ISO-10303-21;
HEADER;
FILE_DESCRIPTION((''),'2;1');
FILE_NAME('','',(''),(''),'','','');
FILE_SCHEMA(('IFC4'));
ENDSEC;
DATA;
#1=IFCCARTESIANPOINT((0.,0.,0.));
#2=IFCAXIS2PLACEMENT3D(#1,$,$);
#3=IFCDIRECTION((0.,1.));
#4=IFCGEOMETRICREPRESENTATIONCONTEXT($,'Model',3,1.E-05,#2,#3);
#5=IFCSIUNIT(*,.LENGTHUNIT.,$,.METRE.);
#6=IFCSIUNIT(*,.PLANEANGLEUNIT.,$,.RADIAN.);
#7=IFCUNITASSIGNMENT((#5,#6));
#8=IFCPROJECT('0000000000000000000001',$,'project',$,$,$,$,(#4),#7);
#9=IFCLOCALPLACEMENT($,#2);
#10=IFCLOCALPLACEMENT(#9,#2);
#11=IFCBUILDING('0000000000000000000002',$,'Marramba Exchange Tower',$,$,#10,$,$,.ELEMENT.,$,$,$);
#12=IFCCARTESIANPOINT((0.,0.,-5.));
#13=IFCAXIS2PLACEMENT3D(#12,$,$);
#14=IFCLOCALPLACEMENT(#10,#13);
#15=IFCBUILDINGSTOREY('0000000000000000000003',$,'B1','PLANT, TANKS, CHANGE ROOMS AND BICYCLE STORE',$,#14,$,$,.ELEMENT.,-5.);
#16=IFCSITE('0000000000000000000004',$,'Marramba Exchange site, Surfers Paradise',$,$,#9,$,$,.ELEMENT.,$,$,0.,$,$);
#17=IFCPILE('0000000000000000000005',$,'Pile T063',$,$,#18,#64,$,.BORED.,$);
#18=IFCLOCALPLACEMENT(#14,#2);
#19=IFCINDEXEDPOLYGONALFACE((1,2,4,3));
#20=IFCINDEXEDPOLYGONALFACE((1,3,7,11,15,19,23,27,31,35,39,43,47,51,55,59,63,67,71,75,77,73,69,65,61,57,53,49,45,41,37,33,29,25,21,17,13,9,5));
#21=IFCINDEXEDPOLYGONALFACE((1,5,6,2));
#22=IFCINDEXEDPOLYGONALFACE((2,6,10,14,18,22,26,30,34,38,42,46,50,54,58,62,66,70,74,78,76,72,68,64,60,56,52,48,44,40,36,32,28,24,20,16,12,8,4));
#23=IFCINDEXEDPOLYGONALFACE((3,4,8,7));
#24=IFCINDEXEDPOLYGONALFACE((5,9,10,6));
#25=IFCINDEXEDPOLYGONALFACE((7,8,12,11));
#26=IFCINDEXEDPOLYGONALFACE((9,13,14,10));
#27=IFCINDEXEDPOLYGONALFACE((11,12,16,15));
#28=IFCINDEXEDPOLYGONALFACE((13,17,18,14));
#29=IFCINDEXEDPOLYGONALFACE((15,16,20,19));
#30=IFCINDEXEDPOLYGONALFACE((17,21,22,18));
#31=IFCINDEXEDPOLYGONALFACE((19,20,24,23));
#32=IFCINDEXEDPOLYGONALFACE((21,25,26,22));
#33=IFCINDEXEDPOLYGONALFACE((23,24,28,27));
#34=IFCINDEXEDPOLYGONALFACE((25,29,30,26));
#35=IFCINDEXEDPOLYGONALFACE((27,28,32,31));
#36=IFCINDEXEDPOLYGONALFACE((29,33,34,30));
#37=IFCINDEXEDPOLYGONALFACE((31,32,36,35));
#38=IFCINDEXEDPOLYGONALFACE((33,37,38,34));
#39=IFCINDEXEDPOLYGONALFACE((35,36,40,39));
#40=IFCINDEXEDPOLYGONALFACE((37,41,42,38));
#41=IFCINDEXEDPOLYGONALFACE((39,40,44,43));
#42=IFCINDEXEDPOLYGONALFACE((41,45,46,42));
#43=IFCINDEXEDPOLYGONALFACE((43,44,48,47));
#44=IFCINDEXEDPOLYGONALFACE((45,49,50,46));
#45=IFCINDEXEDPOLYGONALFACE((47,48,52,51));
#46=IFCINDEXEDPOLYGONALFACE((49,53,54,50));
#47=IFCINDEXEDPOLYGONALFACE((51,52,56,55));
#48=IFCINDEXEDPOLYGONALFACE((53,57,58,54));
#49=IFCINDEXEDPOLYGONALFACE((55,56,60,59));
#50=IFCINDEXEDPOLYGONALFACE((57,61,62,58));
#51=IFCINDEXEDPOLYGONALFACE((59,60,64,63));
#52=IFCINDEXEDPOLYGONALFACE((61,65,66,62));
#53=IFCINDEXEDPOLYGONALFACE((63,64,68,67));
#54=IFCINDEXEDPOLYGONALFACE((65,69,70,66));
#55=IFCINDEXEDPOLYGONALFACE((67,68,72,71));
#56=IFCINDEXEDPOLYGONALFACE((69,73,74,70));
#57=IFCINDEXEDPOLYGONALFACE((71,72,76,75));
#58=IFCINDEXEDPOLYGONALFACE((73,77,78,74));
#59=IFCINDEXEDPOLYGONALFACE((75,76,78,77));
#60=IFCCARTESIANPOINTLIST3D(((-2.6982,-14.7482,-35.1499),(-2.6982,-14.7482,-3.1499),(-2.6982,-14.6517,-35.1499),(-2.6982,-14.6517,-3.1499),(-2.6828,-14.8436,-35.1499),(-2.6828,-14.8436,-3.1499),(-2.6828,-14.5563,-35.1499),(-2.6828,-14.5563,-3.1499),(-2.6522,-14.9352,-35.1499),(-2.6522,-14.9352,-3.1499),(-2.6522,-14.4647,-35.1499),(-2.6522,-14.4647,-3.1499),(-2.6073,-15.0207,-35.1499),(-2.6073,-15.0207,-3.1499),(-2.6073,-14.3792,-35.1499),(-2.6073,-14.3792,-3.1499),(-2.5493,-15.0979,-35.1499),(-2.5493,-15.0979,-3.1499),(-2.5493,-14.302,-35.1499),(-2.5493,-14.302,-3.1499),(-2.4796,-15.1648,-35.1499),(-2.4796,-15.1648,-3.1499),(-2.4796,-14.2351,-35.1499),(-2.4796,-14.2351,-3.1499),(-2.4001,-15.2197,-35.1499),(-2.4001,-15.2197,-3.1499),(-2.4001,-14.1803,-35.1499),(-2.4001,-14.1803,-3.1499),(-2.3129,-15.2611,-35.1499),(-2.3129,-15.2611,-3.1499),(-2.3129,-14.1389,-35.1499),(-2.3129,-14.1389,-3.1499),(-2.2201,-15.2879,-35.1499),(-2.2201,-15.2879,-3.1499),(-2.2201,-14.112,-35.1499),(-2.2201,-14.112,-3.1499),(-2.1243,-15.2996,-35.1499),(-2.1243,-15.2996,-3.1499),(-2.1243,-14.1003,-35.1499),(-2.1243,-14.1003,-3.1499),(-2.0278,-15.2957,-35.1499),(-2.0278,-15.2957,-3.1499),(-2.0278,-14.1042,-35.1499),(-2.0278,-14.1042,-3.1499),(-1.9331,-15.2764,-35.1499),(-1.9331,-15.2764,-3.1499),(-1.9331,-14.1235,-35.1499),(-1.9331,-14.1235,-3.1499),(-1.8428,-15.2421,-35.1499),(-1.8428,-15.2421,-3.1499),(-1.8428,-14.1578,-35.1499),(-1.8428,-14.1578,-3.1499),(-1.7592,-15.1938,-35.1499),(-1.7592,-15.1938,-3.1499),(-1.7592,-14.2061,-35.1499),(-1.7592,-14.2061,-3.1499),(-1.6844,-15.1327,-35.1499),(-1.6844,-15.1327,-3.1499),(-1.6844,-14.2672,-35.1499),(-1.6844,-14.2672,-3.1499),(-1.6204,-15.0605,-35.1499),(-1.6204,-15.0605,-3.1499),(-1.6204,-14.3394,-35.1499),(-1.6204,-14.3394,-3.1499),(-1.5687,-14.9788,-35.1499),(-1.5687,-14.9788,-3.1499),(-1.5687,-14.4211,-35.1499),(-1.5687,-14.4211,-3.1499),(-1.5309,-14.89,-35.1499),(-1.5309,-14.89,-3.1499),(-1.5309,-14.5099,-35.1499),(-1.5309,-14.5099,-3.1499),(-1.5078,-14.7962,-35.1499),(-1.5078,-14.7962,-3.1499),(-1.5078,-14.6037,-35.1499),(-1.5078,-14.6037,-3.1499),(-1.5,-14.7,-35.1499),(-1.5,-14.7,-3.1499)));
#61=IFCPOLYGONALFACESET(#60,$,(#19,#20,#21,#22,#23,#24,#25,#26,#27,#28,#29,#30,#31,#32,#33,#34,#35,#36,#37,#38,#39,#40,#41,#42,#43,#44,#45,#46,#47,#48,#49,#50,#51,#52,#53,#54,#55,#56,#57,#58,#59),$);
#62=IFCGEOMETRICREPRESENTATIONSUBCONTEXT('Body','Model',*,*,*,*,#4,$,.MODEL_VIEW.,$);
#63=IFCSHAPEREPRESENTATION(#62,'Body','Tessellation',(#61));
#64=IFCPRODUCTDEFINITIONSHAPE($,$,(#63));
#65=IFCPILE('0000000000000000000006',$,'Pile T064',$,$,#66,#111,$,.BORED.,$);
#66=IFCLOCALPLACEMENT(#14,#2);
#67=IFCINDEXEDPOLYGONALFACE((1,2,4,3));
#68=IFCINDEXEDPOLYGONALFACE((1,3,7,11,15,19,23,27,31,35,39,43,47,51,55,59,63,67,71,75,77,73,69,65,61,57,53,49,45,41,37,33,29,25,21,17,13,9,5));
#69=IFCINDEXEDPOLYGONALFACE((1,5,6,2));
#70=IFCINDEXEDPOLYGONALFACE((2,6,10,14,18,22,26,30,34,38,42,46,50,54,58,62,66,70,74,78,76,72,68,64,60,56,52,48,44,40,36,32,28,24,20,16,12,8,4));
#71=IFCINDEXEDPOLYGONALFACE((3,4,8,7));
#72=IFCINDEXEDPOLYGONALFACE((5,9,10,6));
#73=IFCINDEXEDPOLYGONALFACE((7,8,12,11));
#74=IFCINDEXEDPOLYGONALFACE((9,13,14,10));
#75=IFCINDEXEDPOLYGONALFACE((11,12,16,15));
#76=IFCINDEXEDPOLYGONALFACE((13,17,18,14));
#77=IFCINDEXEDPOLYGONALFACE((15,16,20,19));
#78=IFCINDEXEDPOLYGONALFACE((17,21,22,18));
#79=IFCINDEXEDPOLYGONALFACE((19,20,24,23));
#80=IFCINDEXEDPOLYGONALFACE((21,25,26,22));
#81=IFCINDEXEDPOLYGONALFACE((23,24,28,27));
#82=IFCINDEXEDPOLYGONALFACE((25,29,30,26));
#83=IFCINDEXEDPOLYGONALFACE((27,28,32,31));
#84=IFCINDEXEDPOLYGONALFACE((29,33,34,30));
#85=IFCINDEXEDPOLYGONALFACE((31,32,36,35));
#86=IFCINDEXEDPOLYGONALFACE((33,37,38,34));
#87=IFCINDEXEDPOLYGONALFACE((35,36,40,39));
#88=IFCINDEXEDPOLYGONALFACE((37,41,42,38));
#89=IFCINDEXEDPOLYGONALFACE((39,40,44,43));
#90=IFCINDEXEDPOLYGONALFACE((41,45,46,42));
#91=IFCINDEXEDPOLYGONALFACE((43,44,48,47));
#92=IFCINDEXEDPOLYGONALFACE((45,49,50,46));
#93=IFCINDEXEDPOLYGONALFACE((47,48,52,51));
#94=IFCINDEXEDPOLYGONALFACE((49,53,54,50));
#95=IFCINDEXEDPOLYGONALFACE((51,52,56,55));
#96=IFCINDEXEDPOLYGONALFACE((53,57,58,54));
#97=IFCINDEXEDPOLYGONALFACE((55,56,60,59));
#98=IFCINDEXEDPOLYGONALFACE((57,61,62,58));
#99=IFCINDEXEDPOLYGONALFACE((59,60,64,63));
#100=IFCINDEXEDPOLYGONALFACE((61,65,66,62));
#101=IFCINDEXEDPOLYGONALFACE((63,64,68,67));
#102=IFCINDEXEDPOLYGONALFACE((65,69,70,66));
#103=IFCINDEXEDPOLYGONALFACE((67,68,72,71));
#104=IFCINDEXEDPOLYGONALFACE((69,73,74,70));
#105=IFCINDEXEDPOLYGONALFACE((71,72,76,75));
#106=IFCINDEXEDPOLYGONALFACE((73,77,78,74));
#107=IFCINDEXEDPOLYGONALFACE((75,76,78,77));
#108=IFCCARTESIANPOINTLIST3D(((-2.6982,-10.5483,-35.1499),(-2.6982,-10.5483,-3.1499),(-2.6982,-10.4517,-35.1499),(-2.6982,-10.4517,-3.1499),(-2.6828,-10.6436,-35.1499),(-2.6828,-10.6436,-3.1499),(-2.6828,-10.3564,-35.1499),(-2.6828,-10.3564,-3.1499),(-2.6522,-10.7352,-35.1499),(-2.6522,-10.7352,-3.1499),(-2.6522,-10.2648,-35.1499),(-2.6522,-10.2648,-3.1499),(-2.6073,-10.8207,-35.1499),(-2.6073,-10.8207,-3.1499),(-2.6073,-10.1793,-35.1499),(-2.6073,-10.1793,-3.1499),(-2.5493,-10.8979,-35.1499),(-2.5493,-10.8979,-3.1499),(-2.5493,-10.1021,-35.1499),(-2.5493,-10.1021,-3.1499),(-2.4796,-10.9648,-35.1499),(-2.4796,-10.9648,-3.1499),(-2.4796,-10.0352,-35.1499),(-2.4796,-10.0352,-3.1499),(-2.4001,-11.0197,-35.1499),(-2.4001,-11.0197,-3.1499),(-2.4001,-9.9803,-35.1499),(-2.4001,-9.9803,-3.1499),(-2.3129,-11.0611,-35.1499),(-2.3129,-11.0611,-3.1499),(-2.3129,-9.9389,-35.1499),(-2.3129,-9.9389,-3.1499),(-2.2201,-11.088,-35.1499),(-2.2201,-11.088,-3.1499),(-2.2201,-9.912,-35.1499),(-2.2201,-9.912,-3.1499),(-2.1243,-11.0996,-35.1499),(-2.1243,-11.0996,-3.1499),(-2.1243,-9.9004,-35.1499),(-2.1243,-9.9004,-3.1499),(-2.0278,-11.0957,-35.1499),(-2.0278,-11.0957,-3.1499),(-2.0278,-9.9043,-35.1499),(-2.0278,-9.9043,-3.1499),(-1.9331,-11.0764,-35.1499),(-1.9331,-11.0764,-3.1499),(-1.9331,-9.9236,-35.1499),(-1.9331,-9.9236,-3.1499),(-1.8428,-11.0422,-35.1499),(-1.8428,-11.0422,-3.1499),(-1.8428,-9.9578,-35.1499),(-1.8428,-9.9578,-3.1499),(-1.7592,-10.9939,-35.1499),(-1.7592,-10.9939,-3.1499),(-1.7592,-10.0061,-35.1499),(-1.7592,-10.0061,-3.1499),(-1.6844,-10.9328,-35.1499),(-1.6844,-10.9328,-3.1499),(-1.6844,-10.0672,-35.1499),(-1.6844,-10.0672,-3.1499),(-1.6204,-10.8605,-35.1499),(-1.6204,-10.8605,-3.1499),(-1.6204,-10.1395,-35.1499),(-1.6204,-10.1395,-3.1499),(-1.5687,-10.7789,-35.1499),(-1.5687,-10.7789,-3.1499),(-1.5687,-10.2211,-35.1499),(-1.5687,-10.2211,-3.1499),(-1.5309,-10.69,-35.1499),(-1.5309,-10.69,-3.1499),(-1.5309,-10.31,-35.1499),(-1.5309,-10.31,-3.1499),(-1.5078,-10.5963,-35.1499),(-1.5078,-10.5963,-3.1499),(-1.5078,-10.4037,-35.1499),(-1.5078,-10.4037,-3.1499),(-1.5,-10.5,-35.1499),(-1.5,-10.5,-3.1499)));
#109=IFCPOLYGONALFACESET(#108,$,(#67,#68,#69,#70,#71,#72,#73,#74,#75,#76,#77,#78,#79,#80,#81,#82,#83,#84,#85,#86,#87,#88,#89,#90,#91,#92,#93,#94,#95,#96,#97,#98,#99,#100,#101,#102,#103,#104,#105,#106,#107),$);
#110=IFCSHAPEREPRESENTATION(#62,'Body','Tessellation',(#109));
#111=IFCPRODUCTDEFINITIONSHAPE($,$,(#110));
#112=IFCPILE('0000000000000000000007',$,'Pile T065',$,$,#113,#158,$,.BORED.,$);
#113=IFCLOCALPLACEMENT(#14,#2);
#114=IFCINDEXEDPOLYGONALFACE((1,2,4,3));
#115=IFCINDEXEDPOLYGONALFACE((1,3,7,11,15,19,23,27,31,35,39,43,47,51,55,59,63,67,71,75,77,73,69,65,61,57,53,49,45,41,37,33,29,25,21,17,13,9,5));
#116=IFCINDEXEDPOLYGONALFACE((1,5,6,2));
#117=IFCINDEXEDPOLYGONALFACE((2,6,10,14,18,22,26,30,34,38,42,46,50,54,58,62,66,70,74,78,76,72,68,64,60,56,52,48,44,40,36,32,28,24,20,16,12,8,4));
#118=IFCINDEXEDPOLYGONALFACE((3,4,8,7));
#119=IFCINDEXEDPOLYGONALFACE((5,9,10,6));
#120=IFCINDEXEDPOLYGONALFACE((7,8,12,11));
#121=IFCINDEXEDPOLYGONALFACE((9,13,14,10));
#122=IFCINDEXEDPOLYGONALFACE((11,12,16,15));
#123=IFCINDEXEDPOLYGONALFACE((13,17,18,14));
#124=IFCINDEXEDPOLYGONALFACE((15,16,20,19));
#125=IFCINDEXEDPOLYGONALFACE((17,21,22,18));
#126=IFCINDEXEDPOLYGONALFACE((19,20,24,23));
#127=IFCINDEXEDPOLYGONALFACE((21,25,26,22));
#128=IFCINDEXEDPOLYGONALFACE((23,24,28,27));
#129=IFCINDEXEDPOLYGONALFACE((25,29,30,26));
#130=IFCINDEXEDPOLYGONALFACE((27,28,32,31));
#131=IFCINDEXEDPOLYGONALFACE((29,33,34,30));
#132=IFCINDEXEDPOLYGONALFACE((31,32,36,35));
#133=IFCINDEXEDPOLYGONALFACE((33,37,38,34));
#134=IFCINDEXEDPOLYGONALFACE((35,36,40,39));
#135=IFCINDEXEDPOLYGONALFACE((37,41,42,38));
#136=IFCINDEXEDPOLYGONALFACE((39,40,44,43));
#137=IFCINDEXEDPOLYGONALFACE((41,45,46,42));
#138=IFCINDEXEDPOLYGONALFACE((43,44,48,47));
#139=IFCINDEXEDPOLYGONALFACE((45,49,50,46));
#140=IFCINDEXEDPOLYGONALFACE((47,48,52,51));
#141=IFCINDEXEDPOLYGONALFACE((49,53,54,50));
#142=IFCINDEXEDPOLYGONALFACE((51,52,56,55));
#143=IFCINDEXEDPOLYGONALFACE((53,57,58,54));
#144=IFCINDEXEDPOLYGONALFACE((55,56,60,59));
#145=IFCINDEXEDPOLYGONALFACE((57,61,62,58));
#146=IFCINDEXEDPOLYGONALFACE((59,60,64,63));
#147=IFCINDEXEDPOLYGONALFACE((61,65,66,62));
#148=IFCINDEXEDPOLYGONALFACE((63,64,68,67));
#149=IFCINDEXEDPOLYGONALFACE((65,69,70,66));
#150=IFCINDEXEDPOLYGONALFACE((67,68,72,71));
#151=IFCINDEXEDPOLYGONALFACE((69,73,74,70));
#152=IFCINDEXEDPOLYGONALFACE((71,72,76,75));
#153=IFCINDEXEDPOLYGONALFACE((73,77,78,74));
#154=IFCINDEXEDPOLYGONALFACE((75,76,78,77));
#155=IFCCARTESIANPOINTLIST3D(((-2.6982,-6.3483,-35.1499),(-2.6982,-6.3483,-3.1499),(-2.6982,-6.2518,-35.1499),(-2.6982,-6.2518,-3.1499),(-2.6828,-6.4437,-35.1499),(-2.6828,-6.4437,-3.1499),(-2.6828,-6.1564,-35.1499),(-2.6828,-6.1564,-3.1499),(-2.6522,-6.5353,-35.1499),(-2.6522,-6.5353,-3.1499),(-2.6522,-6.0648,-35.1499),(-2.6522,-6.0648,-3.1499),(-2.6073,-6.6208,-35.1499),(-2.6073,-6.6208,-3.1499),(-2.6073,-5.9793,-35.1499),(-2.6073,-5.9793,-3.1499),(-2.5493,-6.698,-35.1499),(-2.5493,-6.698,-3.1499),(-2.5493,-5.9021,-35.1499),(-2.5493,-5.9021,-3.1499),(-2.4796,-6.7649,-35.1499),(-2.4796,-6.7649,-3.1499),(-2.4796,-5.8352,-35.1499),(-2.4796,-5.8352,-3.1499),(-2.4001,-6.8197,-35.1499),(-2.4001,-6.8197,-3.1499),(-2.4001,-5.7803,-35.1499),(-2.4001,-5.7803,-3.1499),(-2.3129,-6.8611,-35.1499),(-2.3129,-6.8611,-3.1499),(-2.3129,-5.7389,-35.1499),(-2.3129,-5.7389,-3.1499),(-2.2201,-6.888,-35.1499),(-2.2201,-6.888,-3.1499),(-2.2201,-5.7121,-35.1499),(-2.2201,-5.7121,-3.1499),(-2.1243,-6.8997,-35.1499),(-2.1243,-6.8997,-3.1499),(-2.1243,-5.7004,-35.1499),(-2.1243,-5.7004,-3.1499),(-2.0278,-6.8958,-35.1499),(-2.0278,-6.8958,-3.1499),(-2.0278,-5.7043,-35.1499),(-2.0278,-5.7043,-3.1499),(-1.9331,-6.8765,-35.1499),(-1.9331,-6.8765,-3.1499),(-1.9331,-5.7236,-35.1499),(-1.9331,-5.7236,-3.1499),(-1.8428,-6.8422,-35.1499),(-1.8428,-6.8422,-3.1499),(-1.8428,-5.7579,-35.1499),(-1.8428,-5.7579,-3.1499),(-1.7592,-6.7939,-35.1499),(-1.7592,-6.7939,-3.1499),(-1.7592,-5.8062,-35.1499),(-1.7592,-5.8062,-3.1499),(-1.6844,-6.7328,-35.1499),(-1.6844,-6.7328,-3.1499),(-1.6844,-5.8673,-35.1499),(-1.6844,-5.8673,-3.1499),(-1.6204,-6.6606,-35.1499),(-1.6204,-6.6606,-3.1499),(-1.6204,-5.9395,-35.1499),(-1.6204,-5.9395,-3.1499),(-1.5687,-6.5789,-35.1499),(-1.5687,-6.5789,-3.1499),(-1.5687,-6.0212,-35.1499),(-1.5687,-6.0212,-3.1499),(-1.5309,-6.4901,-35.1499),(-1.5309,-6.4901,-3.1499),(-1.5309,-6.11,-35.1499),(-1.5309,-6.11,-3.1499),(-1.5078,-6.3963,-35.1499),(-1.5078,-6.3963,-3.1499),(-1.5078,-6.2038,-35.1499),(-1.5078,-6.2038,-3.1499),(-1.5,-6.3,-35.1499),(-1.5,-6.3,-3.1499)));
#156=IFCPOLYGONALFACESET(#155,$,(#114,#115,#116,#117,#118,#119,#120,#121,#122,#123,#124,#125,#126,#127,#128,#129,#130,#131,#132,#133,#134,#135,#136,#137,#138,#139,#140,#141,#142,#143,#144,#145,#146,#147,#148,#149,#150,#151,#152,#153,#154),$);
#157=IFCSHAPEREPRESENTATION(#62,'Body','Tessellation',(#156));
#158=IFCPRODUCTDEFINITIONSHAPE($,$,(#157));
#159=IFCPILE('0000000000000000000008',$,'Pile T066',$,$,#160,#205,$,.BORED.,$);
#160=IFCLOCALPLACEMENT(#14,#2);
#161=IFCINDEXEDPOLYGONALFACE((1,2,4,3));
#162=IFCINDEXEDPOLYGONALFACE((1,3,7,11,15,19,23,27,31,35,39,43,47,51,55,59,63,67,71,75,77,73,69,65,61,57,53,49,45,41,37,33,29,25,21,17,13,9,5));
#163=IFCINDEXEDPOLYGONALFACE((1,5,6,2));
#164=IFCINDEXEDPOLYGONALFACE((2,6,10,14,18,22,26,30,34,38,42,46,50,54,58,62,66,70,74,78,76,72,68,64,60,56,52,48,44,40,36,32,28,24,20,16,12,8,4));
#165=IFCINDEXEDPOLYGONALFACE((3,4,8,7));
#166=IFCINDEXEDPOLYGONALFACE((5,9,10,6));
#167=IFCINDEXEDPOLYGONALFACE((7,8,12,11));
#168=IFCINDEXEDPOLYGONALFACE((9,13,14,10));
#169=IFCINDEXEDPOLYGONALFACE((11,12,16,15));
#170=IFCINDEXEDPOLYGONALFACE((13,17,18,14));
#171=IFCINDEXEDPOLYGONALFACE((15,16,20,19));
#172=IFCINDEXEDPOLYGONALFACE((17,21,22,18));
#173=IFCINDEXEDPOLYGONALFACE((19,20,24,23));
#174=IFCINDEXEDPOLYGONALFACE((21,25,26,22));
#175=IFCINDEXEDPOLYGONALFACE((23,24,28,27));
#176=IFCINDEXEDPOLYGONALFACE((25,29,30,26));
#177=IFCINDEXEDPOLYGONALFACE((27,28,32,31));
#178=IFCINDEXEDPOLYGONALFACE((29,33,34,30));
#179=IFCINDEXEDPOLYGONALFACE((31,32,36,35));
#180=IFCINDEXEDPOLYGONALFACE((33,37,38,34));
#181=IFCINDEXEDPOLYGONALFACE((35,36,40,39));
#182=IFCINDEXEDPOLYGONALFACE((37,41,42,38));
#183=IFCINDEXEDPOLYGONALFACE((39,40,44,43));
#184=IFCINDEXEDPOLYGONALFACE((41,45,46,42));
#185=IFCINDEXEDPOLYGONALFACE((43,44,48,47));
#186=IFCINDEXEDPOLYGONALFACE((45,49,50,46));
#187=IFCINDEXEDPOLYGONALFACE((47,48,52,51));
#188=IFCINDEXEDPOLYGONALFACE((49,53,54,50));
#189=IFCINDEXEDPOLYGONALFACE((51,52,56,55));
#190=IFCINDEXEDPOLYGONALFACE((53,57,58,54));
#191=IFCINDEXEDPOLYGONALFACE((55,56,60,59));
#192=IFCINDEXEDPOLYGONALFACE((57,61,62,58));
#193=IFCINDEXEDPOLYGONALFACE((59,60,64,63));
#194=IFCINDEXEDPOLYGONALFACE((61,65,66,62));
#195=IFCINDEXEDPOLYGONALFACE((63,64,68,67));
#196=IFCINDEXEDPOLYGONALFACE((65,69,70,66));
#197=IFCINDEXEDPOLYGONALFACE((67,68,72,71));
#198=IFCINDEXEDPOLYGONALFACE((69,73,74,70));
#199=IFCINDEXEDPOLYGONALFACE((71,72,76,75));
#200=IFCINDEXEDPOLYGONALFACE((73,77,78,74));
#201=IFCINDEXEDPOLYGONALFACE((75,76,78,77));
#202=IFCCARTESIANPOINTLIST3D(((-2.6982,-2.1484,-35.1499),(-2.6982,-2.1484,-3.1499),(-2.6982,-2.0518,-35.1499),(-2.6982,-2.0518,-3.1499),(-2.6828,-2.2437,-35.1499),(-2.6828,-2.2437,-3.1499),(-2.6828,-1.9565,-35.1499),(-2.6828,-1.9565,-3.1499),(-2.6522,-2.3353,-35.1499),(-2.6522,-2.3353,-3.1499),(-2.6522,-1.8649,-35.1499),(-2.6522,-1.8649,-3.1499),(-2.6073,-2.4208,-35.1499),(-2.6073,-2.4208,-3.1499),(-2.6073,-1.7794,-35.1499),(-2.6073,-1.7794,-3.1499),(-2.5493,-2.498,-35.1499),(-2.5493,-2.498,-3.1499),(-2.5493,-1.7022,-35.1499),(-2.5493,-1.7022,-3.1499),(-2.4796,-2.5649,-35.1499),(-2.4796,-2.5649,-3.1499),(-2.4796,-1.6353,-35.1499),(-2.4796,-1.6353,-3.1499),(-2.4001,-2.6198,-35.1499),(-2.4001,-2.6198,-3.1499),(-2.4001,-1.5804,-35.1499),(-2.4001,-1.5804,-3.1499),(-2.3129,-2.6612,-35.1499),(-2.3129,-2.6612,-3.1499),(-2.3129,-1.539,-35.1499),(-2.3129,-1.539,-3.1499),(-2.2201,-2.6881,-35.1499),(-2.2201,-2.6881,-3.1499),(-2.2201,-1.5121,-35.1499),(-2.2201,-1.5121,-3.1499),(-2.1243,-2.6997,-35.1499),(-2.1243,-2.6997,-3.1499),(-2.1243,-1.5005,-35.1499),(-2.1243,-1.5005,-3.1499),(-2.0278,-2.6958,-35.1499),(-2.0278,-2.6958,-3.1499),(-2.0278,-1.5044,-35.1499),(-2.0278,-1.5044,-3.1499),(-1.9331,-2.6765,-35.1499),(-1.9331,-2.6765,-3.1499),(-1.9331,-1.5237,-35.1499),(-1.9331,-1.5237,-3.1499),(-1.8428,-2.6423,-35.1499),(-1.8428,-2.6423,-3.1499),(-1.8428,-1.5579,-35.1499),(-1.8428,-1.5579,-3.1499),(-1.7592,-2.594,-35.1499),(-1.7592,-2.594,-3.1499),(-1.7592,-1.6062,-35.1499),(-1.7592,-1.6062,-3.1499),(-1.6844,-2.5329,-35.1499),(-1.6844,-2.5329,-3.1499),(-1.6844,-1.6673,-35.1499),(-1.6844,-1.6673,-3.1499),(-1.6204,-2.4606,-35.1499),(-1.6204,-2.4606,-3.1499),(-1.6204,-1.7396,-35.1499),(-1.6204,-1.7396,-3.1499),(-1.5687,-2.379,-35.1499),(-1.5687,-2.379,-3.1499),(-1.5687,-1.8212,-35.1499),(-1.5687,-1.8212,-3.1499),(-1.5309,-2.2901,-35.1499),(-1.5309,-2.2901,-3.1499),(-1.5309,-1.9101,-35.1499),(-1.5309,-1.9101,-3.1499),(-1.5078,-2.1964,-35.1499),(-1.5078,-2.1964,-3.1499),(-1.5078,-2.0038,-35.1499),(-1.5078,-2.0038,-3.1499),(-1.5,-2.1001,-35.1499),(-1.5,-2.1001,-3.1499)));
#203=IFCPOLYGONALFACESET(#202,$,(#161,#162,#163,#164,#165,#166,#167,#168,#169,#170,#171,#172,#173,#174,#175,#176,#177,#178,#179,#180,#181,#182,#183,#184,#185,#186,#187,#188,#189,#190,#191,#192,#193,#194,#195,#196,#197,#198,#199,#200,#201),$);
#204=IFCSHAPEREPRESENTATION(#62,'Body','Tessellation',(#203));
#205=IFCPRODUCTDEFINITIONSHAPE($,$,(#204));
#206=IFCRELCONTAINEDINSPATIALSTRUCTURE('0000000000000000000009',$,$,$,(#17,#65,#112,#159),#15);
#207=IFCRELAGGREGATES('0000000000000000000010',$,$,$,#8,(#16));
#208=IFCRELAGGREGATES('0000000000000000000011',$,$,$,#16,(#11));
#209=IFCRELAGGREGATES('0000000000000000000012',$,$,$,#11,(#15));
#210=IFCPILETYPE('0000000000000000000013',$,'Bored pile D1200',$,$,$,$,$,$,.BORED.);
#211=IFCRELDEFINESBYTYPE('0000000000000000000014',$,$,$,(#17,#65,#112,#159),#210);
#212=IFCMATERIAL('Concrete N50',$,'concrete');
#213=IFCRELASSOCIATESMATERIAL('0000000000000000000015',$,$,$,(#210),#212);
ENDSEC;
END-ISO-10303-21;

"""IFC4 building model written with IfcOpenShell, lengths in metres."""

from ifc_helpers import new_model, si_unit, direction, frame, origin, origin_2d, place, context, subcontext, project, spatial, circle, extrude, material, material_profile, profile_set, type_object, element, save


model = new_model("IFC4")

# Units and contexts
model_context = context("Model", 3, precision=1e-05, world=origin(), true_north=direction((0.0, 1.0)))
body_context = subcontext(model_context, "Body", "Model", "MODEL_VIEW")
ifc_project = project(units=[si_unit("LENGTHUNIT", "METRE"), si_unit("PLANEANGLEUNIT", "RADIAN")], contexts=[model_context])

# Site, building, storey
site_placement = place(None, origin())
site = spatial("IfcSite", under=ifc_project, at=site_placement, Name="Marramba Exchange site, Surfers Paradise", CompositionType="ELEMENT", RefElevation=0.0)
building_placement = place(site_placement, origin())
building = spatial("IfcBuilding", under=site, at=building_placement, Name="Marramba Exchange Tower", CompositionType="ELEMENT")
storey_placement = place(building_placement, frame((0.0, 0.0, -5.0)))
storey = spatial("IfcBuildingStorey", under=building, at=storey_placement, Name="B1", Description="PLANT, TANKS, CHANGE ROOMS AND BICYCLE STORE", CompositionType="ELEMENT", Elevation=-5.0)

# Piles
ifc_material_1 = material(Name="Concrete N50", Category="concrete")
ifc_material_profile_1 = material_profile(ifc_material_1, circle(Radius=0.6001, at=origin_2d()), Name="BP D1200")
ifc_profile_set_1 = profile_set([ifc_material_profile_1], Name="Concrete N50")
pile_type = type_object("IfcPileType", Name="Bored pile D1200", PredefinedType="BORED", material=ifc_profile_set_1)
for number, where, z_axis, x_axis, name in (
    (1, (-2.1001, -14.7, -3.1499), (0.0, 0.0, -1.0), (1.0, 0.0, 0.0), "Pile T063"),
    (2, (-2.1001, -10.5, -3.1499), (0.0, 0.0, -1.0), (1.0, 0.0, 0.0), "Pile T064"),
    (3, (-2.1001, -6.3, -3.1499), (0.0, 0.0, -1.0), (1.0, 0.0, 0.0), "Pile T065"),
    (4, (-2.1001, -2.1001, -3.1499), (0.0, 0.0, -1.0), (1.0, 0.0, 0.0), "Pile T066"),
):
    element("IfcPile", number, at=place(storey_placement, frame(where, z_axis=z_axis, x_axis=x_axis)), inside=storey, type_object=pile_type, Name=name, PredefinedType="BORED", context=body_context, shape_type="SweptSolid", body=[
        extrude(circle(Radius=0.6001, at=origin_2d()), origin(), (0.0, 0.0, 1.0), 32.0),
    ])

save(model, "model.ifc")
